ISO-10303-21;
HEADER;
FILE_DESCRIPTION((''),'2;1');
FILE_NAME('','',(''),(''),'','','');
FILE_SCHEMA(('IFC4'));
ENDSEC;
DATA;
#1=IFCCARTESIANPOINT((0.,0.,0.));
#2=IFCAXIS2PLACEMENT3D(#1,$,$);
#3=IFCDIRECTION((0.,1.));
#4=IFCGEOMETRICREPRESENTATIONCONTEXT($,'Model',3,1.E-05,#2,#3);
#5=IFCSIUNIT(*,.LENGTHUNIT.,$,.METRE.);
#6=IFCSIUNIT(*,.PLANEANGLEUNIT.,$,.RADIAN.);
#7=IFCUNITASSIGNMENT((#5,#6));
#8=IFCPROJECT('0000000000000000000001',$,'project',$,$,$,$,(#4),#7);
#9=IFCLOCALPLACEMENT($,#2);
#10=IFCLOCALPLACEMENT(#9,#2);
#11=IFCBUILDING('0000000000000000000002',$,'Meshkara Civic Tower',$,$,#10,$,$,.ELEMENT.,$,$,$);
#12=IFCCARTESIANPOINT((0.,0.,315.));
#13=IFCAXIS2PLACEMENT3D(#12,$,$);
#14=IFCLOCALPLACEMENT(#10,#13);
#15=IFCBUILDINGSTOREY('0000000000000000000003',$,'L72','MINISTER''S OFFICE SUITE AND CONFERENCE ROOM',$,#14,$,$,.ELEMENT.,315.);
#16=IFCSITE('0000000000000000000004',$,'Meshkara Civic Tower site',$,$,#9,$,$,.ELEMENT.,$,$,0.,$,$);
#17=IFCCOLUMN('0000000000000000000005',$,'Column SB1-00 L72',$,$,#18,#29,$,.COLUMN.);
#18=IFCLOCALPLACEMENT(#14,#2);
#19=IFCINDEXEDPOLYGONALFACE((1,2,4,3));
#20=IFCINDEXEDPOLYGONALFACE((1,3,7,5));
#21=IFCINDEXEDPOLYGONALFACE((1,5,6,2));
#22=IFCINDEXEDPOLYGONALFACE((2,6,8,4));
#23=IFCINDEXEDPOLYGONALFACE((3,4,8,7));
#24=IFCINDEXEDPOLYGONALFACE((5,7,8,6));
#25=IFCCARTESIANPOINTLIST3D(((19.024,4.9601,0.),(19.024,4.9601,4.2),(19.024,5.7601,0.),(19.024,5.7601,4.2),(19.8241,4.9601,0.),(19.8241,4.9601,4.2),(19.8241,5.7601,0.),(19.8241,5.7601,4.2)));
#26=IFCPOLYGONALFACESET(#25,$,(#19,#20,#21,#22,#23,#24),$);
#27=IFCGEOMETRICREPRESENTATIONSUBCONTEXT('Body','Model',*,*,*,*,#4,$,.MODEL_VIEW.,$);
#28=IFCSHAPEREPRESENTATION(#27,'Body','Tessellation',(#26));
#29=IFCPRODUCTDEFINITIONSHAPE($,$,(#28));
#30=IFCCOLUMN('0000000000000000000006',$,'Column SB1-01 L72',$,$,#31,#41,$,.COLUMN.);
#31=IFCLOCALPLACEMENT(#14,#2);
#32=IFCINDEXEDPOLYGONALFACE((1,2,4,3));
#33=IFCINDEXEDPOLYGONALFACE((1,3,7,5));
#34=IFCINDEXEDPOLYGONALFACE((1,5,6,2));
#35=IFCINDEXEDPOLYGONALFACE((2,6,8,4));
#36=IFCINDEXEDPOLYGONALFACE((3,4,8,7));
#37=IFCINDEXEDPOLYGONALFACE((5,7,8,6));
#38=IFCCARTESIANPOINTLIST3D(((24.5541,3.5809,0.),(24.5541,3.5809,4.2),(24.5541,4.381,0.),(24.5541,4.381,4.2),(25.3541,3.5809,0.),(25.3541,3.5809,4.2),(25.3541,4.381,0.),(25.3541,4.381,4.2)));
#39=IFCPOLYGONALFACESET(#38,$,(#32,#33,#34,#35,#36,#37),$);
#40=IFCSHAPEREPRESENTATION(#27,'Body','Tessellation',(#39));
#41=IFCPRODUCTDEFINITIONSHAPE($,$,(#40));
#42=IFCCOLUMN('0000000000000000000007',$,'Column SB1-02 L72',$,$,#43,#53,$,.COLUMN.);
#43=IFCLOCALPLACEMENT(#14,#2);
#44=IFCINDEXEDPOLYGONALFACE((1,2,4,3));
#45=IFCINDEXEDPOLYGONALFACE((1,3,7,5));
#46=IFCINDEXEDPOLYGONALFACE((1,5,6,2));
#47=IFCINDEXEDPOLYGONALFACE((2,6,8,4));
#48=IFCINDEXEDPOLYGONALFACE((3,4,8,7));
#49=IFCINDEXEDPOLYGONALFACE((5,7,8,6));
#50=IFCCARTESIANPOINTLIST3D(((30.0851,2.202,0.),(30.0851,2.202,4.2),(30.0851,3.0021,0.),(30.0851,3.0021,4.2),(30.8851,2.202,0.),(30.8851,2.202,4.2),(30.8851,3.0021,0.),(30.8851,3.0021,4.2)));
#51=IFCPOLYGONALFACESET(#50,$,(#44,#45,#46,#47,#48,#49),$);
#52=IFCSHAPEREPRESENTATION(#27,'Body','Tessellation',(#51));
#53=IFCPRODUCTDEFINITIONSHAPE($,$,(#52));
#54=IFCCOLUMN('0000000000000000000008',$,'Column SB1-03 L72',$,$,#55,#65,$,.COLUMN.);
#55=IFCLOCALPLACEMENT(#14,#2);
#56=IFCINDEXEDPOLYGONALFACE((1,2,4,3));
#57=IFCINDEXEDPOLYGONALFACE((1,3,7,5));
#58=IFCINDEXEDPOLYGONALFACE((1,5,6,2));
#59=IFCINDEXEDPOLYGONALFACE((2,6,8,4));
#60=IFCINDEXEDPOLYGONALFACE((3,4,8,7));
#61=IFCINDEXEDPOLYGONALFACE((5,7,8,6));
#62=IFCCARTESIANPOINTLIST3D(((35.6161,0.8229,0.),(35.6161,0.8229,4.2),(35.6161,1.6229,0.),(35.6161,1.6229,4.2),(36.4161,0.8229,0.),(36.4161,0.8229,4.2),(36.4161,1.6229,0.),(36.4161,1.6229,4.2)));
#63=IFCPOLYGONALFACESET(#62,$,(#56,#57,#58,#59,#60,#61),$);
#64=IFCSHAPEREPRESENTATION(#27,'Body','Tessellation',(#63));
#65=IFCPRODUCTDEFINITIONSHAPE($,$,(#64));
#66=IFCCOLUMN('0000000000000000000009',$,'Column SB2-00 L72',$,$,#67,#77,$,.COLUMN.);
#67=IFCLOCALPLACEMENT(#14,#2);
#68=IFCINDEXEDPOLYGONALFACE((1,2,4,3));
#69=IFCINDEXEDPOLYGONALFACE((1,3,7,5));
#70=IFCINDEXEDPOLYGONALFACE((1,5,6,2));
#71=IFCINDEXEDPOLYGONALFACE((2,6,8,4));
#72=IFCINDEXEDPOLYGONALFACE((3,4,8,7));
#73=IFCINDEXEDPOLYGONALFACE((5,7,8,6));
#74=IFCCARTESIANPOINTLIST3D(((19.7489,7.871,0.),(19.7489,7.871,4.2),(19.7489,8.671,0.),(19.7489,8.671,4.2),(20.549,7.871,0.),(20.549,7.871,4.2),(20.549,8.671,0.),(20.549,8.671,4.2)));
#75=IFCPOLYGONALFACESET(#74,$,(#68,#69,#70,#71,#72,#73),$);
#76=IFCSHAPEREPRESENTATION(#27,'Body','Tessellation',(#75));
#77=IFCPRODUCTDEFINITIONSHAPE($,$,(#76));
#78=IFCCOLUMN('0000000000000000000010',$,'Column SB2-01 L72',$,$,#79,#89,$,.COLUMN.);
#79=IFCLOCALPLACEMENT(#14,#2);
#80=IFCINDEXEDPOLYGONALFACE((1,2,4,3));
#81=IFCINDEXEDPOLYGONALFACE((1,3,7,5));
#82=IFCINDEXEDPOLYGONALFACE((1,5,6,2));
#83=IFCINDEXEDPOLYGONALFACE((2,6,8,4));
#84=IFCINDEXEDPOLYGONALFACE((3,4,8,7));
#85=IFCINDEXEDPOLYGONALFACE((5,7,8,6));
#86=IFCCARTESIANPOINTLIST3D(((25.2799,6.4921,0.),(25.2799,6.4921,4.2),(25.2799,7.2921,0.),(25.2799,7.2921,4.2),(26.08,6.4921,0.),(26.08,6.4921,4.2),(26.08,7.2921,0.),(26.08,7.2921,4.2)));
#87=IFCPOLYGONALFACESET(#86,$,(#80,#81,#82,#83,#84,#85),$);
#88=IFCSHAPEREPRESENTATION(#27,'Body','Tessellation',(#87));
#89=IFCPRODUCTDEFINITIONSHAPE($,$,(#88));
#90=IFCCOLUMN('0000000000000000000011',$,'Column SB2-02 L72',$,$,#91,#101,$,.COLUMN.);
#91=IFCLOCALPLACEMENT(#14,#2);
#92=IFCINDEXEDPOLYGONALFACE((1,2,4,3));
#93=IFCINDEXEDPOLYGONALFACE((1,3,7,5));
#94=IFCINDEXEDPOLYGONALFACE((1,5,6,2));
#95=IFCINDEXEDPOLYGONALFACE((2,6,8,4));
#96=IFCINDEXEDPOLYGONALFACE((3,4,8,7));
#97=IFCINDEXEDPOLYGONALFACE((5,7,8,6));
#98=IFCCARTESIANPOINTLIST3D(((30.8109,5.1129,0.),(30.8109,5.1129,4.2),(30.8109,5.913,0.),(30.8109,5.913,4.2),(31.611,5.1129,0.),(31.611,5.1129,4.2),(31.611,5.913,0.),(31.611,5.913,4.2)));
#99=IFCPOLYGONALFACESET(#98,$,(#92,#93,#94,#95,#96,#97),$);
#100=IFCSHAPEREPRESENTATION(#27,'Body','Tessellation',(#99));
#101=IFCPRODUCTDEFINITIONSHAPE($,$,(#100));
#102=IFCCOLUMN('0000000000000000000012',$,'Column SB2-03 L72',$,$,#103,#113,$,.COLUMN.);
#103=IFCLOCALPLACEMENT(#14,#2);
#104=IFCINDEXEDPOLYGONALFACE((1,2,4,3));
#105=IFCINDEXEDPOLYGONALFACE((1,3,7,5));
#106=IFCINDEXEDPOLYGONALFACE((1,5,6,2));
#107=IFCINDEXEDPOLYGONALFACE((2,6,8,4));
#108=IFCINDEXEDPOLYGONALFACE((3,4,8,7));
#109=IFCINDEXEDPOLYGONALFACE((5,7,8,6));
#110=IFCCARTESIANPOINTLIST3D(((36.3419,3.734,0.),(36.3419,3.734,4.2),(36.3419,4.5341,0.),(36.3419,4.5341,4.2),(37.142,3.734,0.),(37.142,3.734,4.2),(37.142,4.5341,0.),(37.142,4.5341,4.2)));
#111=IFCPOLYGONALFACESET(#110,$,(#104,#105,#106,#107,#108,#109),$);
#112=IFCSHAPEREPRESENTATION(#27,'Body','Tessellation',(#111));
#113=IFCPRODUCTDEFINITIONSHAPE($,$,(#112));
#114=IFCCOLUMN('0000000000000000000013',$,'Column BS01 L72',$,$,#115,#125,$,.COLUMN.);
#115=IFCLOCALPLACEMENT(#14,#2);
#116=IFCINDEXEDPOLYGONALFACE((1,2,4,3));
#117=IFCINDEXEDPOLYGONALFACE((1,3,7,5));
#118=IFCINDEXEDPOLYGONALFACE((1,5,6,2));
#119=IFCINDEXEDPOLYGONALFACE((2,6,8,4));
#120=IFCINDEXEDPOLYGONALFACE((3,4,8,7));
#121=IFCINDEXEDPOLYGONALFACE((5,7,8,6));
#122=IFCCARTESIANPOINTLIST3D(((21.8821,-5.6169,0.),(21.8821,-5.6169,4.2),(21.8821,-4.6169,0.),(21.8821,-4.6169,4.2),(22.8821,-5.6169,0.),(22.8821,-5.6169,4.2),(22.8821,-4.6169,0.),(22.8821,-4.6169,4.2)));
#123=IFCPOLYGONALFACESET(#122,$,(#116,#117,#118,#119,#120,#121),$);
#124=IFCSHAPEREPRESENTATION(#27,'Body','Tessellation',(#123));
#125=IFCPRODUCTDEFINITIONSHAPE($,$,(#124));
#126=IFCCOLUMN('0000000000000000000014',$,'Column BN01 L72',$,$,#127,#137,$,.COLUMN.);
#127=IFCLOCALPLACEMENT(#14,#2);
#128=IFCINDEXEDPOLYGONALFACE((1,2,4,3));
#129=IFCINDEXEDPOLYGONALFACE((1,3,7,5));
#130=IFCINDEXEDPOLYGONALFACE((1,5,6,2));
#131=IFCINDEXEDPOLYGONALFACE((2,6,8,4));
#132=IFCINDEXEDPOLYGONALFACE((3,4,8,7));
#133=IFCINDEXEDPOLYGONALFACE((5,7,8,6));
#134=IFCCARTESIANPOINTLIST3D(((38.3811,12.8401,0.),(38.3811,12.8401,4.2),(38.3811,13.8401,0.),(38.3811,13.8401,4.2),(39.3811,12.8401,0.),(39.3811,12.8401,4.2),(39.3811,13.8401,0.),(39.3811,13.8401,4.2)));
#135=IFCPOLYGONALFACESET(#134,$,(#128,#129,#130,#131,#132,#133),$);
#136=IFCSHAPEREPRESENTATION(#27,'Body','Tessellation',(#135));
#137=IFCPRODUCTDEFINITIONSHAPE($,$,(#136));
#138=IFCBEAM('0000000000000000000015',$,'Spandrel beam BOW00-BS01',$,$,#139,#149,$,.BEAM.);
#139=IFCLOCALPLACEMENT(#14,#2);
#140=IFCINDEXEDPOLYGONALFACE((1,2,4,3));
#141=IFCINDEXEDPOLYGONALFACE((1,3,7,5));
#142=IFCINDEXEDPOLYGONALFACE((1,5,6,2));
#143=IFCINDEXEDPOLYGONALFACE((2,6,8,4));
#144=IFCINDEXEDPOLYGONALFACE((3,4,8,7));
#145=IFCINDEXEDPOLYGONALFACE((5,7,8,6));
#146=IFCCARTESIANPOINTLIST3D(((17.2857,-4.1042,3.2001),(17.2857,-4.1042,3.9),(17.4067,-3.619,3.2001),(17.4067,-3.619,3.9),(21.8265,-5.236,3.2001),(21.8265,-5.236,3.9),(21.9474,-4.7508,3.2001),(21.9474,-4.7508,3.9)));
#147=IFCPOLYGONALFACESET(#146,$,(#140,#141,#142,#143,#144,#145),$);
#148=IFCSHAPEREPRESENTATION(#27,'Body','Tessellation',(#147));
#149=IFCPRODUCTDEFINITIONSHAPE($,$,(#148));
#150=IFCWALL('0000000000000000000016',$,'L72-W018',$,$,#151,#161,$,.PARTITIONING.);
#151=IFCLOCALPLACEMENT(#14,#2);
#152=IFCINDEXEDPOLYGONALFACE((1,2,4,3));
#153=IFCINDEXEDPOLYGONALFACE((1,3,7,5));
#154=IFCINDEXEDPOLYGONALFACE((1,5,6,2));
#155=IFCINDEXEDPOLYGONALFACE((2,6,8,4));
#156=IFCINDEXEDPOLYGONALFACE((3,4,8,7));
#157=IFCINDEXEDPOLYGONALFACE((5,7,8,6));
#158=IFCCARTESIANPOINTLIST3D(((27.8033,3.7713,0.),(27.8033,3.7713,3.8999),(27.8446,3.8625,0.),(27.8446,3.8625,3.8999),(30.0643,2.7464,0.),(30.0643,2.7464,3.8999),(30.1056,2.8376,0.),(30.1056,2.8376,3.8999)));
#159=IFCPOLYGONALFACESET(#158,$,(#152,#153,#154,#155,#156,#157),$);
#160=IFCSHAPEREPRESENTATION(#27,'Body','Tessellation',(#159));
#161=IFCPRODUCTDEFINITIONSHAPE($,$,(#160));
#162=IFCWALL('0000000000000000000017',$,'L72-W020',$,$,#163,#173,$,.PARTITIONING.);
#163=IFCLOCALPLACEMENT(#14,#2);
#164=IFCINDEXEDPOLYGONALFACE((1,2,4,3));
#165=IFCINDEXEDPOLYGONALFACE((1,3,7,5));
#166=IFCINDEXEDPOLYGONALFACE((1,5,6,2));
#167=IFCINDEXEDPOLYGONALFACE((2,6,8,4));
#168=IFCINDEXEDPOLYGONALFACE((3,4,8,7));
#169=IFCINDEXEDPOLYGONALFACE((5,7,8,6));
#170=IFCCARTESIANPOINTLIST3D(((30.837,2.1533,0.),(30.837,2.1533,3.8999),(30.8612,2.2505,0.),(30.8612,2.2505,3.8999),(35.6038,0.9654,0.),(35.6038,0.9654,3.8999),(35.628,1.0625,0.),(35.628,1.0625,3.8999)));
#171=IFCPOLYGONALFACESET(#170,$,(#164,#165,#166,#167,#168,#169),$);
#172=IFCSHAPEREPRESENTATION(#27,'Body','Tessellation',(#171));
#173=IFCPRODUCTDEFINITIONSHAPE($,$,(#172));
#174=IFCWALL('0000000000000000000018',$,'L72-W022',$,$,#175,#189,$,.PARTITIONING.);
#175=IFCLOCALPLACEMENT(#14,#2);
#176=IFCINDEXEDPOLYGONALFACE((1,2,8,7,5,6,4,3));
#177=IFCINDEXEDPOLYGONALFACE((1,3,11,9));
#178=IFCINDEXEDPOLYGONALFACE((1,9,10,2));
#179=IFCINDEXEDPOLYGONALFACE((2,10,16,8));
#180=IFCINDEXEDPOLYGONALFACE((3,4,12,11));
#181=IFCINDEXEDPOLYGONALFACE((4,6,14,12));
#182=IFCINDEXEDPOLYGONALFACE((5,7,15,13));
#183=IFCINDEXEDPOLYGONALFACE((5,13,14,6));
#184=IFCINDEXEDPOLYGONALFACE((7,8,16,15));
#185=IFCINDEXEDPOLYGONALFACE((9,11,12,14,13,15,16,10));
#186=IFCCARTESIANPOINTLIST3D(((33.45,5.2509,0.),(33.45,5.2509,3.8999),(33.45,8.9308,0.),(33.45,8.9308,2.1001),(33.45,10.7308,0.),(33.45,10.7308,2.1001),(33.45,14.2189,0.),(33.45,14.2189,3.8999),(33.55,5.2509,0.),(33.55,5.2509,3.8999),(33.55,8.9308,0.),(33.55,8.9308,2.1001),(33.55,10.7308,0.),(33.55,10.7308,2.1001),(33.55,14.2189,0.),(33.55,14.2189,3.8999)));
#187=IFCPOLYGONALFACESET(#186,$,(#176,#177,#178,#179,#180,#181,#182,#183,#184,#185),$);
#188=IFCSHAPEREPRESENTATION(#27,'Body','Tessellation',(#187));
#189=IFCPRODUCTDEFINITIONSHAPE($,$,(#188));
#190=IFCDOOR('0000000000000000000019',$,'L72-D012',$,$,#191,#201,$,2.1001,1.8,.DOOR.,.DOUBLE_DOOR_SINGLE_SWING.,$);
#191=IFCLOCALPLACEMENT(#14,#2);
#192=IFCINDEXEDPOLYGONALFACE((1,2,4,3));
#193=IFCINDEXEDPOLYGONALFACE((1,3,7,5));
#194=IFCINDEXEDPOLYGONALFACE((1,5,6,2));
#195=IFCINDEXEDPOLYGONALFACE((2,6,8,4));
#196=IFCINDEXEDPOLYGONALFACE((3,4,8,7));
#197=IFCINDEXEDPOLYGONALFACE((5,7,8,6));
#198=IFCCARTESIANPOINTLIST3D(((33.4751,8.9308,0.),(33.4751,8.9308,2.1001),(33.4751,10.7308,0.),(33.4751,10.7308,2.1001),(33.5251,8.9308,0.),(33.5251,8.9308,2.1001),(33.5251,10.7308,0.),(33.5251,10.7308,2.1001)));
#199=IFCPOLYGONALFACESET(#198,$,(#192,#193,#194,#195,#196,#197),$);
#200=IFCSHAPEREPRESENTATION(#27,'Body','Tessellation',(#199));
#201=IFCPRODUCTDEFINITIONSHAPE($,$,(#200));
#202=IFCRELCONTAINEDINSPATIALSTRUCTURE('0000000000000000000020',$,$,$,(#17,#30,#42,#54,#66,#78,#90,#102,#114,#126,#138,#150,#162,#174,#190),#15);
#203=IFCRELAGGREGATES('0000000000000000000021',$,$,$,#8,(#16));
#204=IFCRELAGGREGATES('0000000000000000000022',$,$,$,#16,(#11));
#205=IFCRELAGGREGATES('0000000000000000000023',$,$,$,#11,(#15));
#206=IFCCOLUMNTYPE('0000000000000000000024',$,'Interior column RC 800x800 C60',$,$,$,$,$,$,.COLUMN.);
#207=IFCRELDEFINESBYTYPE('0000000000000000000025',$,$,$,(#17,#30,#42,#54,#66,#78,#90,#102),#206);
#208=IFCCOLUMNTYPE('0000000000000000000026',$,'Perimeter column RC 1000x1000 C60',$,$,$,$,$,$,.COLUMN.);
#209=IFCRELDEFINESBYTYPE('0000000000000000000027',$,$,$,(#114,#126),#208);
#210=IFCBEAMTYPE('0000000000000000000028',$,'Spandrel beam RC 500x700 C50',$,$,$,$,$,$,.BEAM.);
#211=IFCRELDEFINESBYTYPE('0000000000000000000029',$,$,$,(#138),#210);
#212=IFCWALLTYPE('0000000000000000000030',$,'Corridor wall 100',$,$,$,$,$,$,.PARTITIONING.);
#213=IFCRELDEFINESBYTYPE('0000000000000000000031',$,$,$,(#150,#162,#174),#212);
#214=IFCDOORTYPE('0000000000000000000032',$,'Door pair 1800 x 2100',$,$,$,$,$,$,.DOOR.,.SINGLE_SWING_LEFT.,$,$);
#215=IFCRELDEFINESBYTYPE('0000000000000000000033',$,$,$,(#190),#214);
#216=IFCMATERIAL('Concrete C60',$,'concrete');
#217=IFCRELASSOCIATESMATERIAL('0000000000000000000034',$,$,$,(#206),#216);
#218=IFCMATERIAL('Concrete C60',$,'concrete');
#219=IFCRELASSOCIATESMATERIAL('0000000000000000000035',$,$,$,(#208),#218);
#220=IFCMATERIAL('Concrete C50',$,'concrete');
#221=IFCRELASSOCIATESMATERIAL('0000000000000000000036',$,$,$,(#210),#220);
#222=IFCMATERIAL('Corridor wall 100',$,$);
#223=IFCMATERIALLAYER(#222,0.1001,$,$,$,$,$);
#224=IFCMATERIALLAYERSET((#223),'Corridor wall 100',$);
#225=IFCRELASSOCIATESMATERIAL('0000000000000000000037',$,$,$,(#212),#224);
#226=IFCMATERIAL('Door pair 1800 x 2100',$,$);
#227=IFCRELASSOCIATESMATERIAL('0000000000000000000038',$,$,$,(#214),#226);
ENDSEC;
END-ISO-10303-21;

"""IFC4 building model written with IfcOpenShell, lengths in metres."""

from ifc_helpers import new_model, si_unit, direction, frame, frame_2d, origin, origin_2d, place, context, subcontext, project, spatial, rectangle, extrude, material, layer, layer_set, material_profile, profile_set, type_object, element, fill, save


model = new_model("IFC4")

# Units and contexts
model_context = context("Model", 3, precision=1e-05, world=origin(), true_north=direction((0.0, 1.0)))
body_context = subcontext(model_context, "Body", "Model", "MODEL_VIEW")
ifc_project = project(units=[si_unit("LENGTHUNIT", "METRE"), si_unit("PLANEANGLEUNIT", "RADIAN")], contexts=[model_context])

# Site, building, storey
site_placement = place(None, origin())
site = spatial("IfcSite", under=ifc_project, at=site_placement, Name="Meshkara Civic Tower site", CompositionType="ELEMENT", RefElevation=0.0)
building_placement = place(site_placement, origin())
building = spatial("IfcBuilding", under=site, at=building_placement, Name="Meshkara Civic Tower", CompositionType="ELEMENT")
storey_placement = place(building_placement, frame((0.0, 0.0, 315.0)))
storey = spatial("IfcBuildingStorey", under=building, at=storey_placement, Name="L72", Description="MINISTER'S OFFICE SUITE AND CONFERENCE ROOM", CompositionType="ELEMENT", Elevation=315.0)

# Columns
ifc_material_1 = material(Name="Concrete C60", Category="concrete")
ifc_material_profile_1 = material_profile(ifc_material_1, rectangle(XDim=0.8, YDim=0.8, at=origin_2d()))
ifc_profile_set_1 = profile_set([ifc_material_profile_1], Name="Concrete C60")
column_type_1 = type_object("IfcColumnType", Name="Interior column RC 800x800 C60", PredefinedType="COLUMN", material=ifc_profile_set_1)
for number, where, z_axis, x_axis, name in (
    (1, (19.4241, 5.3601, 0.0), (0.0, 0.0, 1.0), (1.0, 0.0, 0.0), "Column SB1-00 L72"),
    (2, (24.9541, 3.981, 0.0), (0.0, 0.0, 1.0), (1.0, 0.0, 0.0), "Column SB1-01 L72"),
    (3, (30.4851, 2.6021, 0.0), (0.0, 0.0, 1.0), (1.0, 0.0, 0.0), "Column SB1-02 L72"),
    (4, (36.0161, 1.2229, 0.0), (0.0, 0.0, 1.0), (1.0, 0.0, 0.0), "Column SB1-03 L72"),
    (5, (20.1489, 8.271, 0.0), (0.0, 0.0, 1.0), (1.0, 0.0, 0.0), "Column SB2-00 L72"),
    (6, (25.6799, 6.8921, 0.0), (0.0, 0.0, 1.0), (1.0, 0.0, 0.0), "Column SB2-01 L72"),
    (7, (31.2109, 5.5129, 0.0), (0.0, 0.0, 1.0), (1.0, 0.0, 0.0), "Column SB2-02 L72"),
    (8, (36.7419, 4.134, 0.0), (0.0, 0.0, 1.0), (1.0, 0.0, 0.0), "Column SB2-03 L72"),
):
    element("IfcColumn", number, at=place(storey_placement, frame(where, z_axis=z_axis, x_axis=x_axis)), inside=storey, type_object=column_type_1, Name=name, PredefinedType="COLUMN", context=body_context, shape_type="SweptSolid", body=[
        extrude(rectangle(XDim=0.8, YDim=0.8, at=origin_2d()), origin(), (0.0, 0.0, 1.0), 4.2),
    ])
ifc_material_2 = material(Name="Concrete C60", Category="concrete")
ifc_material_profile_2 = material_profile(ifc_material_2, rectangle(XDim=1.0, YDim=1.0, at=origin_2d()))
ifc_profile_set_2 = profile_set([ifc_material_profile_2], Name="Concrete C60")
column_type_2 = type_object("IfcColumnType", Name="Perimeter column RC 1000x1000 C60", PredefinedType="COLUMN", material=ifc_profile_set_2)
for number, where, z_axis, x_axis, name in (
    (9, (22.3821, -5.1169, 0.0), (0.0, 0.0, 1.0), (1.0, 0.0, 0.0), "Column BS01 L72"),
    (10, (38.8811, 13.3401, 0.0), (0.0, 0.0, 1.0), (1.0, 0.0, 0.0), "Column BN01 L72"),
):
    element("IfcColumn", number, at=place(storey_placement, frame(where, z_axis=z_axis, x_axis=x_axis)), inside=storey, type_object=column_type_2, Name=name, PredefinedType="COLUMN", context=body_context, shape_type="SweptSolid", body=[
        extrude(rectangle(XDim=1.0, YDim=1.0, at=origin_2d()), origin(), (0.0, 0.0, 1.0), 4.2),
    ])

# Beam
ifc_material_3 = material(Name="Concrete C50", Category="concrete")
ifc_material_profile_3 = material_profile(ifc_material_3, rectangle(XDim=0.5, YDim=0.7, at=origin_2d()))
ifc_profile_set_3 = profile_set([ifc_material_profile_3], Name="Concrete C50")
beam_type = type_object("IfcBeamType", Name="Spandrel beam RC 500x700 C50", PredefinedType="BEAM", material=ifc_profile_set_3)
beam_placement = place(storey_placement, frame((17.3462, -3.8616, 3.55), z_axis=(0.970311, -0.24186, 0.0), x_axis=(0.24186, 0.970311, 0.0)))
element("IfcBeam", 11, at=beam_placement, inside=storey, type_object=beam_type, Name="Spandrel beam BOW00-BS01", PredefinedType="BEAM", context=body_context, shape_type="SweptSolid", body=[
    extrude(rectangle(XDim=0.5, YDim=0.7, at=origin_2d()), origin(), (0.0, 0.0, 1.0), 4.6797),
])

# Walls
ifc_material_4 = material(Name="Corridor wall 100")
ifc_layer_1 = layer(ifc_material_4, 0.1001)
ifc_layer_set_1 = layer_set([ifc_layer_1], Name="Corridor wall 100")
wall_type_1 = type_object("IfcWallType", Name="Corridor wall 100", PredefinedType="PARTITIONING", material=ifc_layer_set_1)
wall_1_placement = place(storey_placement, frame((27.824, 3.8169, 0.0), z_axis=(0.0, 0.0, 1.0), x_axis=(0.910794, -0.412862, 0.0)))
element("IfcWall", 12, at=wall_1_placement, inside=storey, type_object=wall_type_1, Name="L72-W018", PredefinedType="PARTITIONING", context=body_context, shape_type="SweptSolid", body=[
    extrude(rectangle(XDim=2.4824, YDim=0.1001, at=frame_2d((1.2412, 0.0))), origin(), (0.0, 0.0, 1.0), 3.8999),
])
wall_2_placement = place(storey_placement, frame((30.8491, 2.2019, 0.0), z_axis=(0.0, 0.0, 1.0), x_axis=(0.970321, -0.241822, 0.0)))
element("IfcWall", 13, at=wall_2_placement, inside=storey, type_object=wall_type_1, Name="L72-W020", PredefinedType="PARTITIONING", context=body_context, shape_type="SweptSolid", body=[
    extrude(rectangle(XDim=4.9126, YDim=0.1001, at=frame_2d((2.4563, 0.0))), origin(), (0.0, 0.0, 1.0), 3.8999),
])

# Wall, opening, door
wall_3_placement = place(storey_placement, frame((33.5, 5.251, 0.0), z_axis=(0.0, 0.0, 1.0), x_axis=(0.0, 1.0, 0.0)))
wall_3 = element("IfcWall", 14, at=wall_3_placement, inside=storey, type_object=wall_type_1, Name="L72-W022", PredefinedType="PARTITIONING", context=body_context, shape_type="SweptSolid", body=[
    extrude(rectangle(XDim=8.968, YDim=0.1001, at=frame_2d((4.4839, 0.0))), origin(), (0.0, 0.0, 1.0), 3.8999),
])
opening_1_placement = place(wall_3_placement, frame((3.6799, 0.0, 0.0)))
opening_1 = element("IfcOpeningElement", 15, at=opening_1_placement, cuts=wall_3, PredefinedType="OPENING", context=body_context, shape_type="SweptSolid", body=[
    extrude(rectangle(XDim=1.8, YDim=2.1001, at=frame_2d((0.8999, 1.05))), frame((0.0, 0.0601, 0.0), z_axis=(0.0, -1.0, 0.0), x_axis=(1.0, 0.0, 0.0)), (0.0, 0.0, 1.0), 0.1201),
])
ifc_material_5 = material(Name="Door pair 1800 x 2100")
door_type = type_object("IfcDoorType", Name="Door pair 1800 x 2100", OperationType="SINGLE_SWING_LEFT", PredefinedType="DOOR", material=ifc_material_5)
door_1_placement = place(opening_1_placement, origin())
door_1 = element("IfcDoor", 16, at=door_1_placement, inside=storey, type_object=door_type, Name="L72-D012", OperationType="DOUBLE_DOOR_SINGLE_SWING", OverallHeight=2.1001, OverallWidth=1.8, PredefinedType="DOOR", context=body_context, shape_type="SweptSolid", body=[
    extrude(rectangle(XDim=1.8, YDim=2.1001, at=frame_2d((0.8999, 1.05))), frame((0.0, 0.0249, 0.0), z_axis=(0.0, -1.0, 0.0), x_axis=(1.0, 0.0, 0.0)), (0.0, 0.0, 1.0), 0.05),
])
fill(opening_1, door_1)

save(model, "model.ifc")
